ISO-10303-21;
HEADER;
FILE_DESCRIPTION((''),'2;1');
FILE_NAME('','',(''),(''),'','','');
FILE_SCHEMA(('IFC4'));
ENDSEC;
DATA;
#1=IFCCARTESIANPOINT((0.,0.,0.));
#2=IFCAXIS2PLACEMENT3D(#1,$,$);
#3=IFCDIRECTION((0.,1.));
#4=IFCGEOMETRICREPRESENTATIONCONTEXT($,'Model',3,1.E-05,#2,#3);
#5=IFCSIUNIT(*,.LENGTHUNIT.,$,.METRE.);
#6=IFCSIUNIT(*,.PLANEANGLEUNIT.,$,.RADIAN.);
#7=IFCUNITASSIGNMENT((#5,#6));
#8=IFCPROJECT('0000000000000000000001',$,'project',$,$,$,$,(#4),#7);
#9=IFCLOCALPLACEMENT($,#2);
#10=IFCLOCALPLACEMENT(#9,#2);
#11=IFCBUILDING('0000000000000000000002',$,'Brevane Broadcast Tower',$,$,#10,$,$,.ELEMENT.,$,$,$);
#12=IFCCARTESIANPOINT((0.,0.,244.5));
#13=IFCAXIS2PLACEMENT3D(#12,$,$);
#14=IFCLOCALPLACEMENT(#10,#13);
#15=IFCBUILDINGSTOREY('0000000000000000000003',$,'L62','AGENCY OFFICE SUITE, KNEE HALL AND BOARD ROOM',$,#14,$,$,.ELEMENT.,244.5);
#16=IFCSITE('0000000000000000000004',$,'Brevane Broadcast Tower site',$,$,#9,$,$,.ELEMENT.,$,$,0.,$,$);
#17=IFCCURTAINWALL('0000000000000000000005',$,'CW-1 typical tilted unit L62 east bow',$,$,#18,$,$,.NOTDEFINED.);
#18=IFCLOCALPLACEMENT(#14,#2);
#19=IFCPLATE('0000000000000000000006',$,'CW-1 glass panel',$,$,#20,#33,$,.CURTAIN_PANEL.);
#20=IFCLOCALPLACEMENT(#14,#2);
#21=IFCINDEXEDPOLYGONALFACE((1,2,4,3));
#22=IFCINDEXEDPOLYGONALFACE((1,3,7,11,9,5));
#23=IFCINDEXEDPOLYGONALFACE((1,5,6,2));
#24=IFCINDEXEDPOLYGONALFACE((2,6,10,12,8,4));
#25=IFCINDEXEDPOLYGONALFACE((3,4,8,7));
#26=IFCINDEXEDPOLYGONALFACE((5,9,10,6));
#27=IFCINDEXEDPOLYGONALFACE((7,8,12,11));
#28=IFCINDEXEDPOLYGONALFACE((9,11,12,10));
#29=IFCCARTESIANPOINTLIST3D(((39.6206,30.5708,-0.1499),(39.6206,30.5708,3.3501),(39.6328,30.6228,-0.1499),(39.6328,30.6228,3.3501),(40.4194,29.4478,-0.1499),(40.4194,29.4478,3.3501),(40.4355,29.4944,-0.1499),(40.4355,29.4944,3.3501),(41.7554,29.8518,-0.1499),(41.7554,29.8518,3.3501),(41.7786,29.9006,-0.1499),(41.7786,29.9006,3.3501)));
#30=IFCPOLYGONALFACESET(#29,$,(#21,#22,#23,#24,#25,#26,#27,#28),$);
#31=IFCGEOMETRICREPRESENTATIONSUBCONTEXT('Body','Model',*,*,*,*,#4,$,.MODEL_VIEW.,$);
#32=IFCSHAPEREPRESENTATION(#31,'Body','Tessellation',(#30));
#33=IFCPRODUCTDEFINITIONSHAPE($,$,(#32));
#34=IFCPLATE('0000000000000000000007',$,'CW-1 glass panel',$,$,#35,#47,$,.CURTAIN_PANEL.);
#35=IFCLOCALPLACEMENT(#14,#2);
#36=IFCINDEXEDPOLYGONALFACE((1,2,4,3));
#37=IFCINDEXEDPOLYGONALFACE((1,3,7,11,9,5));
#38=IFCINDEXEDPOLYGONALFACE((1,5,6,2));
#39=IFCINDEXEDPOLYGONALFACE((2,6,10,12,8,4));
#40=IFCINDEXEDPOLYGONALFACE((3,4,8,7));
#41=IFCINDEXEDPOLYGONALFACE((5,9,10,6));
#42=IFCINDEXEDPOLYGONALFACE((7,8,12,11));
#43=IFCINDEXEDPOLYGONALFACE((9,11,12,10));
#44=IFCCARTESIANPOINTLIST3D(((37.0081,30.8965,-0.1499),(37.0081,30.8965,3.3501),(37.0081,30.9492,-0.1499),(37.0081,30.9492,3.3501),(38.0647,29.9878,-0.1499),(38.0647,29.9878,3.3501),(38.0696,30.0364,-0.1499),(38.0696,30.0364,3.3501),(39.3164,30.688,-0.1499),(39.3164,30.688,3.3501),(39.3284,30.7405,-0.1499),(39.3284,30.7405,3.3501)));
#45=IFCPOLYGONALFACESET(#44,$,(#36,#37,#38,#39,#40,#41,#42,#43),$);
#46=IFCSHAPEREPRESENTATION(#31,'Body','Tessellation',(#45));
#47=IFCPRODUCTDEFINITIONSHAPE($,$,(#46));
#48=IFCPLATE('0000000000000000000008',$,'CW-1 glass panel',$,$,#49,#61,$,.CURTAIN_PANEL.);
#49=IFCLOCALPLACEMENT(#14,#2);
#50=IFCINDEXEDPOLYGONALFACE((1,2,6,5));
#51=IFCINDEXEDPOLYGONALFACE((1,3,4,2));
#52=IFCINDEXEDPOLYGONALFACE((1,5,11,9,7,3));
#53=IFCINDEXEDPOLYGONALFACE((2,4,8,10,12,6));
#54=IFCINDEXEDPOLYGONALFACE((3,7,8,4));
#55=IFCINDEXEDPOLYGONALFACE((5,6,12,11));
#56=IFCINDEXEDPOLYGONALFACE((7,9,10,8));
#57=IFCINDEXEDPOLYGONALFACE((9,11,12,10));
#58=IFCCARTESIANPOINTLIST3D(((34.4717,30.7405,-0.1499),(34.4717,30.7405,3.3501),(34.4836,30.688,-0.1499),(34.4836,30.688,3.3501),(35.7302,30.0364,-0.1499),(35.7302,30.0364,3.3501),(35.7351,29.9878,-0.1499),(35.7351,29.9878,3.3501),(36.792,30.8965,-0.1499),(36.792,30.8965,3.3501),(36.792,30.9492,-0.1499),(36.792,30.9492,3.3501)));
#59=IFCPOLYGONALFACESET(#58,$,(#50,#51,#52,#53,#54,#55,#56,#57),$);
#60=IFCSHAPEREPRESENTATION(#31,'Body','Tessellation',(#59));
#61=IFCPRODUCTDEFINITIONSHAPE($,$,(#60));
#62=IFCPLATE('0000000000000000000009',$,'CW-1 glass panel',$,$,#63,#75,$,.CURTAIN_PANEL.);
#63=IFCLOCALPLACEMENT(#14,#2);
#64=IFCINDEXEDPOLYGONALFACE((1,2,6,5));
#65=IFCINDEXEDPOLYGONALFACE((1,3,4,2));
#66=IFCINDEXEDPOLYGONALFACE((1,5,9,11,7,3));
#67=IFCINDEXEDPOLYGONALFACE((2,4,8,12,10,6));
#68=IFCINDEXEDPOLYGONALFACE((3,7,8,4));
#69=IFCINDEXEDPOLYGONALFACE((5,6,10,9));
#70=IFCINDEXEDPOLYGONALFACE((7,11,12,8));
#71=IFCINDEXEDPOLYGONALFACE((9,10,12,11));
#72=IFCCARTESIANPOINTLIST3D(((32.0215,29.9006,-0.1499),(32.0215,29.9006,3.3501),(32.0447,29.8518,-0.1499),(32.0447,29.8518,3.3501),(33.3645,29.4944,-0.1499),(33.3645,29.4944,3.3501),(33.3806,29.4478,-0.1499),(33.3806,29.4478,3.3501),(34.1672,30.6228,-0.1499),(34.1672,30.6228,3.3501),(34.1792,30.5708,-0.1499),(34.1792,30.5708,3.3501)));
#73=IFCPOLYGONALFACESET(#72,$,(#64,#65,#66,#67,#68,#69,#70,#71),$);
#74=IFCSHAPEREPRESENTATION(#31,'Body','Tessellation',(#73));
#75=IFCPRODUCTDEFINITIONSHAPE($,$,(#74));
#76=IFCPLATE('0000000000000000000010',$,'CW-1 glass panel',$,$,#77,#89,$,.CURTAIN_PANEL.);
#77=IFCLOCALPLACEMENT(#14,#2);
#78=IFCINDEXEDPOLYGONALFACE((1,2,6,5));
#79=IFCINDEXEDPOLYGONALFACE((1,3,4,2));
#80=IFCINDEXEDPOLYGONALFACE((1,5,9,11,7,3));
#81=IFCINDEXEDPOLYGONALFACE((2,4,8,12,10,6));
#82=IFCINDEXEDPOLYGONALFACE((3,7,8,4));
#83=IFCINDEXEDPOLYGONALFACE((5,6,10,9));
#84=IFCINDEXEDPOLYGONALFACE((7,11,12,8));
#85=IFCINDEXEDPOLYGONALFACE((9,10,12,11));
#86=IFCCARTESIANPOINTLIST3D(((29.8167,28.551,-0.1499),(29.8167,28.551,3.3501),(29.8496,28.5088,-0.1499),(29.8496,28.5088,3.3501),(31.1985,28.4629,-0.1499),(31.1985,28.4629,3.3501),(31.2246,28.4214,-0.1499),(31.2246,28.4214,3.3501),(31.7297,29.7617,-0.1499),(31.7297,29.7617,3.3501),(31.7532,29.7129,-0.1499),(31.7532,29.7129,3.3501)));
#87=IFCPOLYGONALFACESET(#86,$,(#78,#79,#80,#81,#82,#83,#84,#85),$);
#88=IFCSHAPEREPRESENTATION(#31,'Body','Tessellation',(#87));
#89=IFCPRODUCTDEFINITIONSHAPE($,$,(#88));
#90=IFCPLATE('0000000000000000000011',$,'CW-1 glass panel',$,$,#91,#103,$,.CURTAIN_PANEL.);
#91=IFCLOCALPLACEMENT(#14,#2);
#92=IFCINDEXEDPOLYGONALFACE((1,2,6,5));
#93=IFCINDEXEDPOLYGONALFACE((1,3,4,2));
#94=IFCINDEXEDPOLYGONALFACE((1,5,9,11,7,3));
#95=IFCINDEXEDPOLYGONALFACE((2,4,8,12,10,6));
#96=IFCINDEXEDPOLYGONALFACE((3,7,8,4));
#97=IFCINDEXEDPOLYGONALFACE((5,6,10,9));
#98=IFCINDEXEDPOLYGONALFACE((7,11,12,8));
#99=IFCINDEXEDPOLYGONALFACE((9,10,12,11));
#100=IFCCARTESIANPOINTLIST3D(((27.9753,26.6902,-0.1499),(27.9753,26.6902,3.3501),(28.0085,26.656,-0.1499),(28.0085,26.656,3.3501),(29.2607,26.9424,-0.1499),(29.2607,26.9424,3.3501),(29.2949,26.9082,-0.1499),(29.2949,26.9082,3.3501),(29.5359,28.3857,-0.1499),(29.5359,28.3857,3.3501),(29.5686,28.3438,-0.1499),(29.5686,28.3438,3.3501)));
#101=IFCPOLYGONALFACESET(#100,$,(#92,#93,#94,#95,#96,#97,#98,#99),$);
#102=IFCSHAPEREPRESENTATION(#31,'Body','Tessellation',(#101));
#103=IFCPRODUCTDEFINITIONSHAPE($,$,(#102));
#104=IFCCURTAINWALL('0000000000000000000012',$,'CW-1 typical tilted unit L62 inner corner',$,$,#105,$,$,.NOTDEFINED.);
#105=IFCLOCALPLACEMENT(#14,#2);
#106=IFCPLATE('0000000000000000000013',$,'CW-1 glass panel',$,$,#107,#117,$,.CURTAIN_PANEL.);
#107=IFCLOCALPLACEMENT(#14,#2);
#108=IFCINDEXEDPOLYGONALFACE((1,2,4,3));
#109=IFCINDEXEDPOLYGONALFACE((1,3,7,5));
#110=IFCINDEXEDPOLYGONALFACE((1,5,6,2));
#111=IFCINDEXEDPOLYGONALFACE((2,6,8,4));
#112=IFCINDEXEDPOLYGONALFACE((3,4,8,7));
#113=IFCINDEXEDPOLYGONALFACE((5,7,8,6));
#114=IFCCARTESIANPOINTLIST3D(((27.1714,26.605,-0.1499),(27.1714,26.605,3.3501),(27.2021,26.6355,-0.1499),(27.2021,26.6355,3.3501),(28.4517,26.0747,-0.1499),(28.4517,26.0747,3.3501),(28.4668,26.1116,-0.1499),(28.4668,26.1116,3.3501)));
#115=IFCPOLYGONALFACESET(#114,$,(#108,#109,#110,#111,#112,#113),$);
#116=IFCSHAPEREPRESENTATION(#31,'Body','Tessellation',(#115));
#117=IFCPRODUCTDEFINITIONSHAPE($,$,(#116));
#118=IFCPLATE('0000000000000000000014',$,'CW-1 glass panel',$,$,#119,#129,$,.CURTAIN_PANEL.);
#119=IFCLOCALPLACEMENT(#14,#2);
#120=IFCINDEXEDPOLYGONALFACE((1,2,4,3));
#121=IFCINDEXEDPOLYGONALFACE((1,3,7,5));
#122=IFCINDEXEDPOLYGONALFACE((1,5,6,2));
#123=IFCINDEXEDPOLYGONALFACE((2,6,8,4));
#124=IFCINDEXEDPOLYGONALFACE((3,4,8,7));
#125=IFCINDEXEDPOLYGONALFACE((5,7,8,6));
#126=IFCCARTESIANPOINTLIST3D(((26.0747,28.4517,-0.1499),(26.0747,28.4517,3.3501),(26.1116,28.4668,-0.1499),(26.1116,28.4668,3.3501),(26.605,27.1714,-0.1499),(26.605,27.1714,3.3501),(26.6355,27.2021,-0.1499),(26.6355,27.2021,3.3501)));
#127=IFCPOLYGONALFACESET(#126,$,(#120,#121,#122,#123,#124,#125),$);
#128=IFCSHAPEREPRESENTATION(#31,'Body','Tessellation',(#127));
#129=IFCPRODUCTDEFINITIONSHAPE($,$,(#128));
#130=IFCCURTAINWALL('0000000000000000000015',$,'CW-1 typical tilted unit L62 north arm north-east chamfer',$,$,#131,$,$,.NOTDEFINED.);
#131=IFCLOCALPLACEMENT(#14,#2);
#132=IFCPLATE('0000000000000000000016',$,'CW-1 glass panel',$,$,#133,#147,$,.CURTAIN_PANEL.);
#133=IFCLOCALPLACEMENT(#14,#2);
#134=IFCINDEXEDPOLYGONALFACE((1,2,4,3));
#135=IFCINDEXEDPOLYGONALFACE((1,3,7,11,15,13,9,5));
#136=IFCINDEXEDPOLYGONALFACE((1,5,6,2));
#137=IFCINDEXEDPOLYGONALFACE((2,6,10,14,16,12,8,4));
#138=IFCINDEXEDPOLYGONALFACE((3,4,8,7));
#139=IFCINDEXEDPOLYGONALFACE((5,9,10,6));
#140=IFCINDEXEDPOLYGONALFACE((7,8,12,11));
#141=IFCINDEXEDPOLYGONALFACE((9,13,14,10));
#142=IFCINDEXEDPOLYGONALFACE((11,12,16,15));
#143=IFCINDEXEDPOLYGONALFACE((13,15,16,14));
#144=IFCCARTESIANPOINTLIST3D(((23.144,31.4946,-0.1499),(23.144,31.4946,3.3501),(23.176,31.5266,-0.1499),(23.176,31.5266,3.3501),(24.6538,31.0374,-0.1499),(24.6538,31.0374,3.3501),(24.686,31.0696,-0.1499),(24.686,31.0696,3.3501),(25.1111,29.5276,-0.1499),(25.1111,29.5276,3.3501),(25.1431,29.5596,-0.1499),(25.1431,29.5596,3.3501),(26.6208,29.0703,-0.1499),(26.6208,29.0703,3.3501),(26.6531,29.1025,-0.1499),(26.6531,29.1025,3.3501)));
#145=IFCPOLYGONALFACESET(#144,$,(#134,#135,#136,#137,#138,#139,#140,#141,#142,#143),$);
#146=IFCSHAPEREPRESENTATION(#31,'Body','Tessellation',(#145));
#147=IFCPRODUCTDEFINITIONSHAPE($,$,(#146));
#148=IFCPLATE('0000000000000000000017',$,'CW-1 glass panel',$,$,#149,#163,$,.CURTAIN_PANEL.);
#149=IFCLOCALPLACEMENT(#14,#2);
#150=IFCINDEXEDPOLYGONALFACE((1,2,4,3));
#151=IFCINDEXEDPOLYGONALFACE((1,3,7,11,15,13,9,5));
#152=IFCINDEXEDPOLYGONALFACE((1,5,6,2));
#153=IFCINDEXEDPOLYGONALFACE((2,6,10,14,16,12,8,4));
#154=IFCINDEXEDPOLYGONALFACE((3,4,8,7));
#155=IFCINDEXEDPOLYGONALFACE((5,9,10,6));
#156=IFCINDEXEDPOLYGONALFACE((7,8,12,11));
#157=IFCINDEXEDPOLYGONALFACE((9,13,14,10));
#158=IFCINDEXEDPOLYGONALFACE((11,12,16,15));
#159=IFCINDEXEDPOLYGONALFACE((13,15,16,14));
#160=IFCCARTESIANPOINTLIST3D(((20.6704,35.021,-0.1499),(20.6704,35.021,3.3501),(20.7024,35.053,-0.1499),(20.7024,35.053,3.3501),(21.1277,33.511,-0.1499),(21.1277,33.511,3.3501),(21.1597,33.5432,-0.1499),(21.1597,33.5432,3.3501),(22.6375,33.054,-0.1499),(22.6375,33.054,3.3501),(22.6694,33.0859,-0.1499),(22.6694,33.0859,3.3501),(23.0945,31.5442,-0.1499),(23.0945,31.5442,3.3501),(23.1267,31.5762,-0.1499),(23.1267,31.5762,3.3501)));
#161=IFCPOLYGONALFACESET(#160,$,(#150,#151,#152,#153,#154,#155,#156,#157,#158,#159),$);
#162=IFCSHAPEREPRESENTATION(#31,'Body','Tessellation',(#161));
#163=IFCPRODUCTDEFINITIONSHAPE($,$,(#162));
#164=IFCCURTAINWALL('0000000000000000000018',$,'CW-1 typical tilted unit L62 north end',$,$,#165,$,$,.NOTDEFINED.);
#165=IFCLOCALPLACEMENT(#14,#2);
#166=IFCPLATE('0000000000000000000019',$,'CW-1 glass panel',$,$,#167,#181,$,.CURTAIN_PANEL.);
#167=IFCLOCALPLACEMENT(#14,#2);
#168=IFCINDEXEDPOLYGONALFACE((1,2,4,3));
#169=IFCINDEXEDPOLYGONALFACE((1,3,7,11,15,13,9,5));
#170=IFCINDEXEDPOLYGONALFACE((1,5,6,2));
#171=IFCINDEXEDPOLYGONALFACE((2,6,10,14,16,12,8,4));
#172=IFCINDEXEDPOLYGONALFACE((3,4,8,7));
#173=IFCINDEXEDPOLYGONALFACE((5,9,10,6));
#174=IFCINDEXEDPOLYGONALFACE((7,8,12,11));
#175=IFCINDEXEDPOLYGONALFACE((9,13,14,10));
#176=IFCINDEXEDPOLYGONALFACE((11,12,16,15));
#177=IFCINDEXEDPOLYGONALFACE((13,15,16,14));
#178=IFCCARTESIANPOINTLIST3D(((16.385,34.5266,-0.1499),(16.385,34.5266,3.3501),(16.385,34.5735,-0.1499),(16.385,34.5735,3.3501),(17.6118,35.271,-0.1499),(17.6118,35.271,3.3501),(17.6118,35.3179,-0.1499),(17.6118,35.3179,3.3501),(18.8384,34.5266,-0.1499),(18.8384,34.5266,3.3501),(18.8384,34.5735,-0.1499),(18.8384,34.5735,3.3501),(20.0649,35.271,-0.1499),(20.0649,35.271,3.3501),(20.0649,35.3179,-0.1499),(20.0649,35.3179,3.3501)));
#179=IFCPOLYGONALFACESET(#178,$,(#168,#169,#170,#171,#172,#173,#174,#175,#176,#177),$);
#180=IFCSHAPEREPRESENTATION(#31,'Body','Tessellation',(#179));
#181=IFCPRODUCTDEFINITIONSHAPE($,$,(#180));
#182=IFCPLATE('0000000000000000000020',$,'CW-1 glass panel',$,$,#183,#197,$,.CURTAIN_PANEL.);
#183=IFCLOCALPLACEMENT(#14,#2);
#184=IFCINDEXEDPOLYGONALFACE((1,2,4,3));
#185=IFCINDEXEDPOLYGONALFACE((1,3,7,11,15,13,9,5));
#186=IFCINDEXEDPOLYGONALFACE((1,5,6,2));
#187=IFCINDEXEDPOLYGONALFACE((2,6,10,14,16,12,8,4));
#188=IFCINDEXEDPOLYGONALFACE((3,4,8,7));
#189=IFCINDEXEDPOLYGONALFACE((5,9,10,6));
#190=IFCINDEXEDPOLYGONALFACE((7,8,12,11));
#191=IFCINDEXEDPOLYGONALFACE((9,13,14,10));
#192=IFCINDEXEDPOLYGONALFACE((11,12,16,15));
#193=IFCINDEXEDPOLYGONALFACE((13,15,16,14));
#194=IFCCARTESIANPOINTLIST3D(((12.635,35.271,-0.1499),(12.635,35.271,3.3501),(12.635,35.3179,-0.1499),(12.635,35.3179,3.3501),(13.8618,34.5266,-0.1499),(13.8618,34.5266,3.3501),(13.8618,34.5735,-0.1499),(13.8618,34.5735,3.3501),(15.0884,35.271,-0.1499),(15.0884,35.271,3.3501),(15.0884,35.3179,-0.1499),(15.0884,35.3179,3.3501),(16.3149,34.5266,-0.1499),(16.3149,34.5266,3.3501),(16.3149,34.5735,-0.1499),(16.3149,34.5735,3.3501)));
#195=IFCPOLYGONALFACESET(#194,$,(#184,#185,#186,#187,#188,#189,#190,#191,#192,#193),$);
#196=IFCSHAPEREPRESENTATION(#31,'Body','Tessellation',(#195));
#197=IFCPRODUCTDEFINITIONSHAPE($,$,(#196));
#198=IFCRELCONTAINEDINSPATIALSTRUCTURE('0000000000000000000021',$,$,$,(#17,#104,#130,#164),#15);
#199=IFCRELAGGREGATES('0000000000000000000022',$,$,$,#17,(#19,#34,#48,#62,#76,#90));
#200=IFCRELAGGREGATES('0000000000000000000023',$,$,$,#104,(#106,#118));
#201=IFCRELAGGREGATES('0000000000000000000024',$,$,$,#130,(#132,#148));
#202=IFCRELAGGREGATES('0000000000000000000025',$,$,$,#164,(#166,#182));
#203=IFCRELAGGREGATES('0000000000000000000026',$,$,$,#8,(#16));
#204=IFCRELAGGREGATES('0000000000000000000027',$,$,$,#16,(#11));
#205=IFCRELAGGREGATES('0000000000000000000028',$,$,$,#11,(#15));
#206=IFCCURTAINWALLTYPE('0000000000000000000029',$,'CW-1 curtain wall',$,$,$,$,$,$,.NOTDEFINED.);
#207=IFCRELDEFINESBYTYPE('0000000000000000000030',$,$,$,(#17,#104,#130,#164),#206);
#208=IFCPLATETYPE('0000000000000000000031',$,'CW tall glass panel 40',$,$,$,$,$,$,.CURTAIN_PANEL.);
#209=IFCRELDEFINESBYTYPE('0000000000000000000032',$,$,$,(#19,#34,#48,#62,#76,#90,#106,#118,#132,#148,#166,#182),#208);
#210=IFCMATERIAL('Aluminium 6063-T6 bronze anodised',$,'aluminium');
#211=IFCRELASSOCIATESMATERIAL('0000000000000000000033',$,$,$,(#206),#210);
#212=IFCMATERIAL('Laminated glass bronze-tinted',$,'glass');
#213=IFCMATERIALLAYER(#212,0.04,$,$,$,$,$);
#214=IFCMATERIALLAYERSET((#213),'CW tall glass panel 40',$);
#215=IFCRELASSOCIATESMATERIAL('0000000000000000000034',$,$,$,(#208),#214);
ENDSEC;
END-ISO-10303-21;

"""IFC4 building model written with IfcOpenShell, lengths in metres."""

from ifc_helpers import new_model, si_unit, direction, frame, origin, place, context, subcontext, project, spatial, polyline, outline, extrude, material, layer, layer_set, type_object, element, aggregate, save


model = new_model("IFC4")

# Units and contexts
model_context = context("Model", 3, precision=1e-05, world=origin(), true_north=direction((0.0, 1.0)))
body_context = subcontext(model_context, "Body", "Model", "MODEL_VIEW")
ifc_project = project(units=[si_unit("LENGTHUNIT", "METRE"), si_unit("PLANEANGLEUNIT", "RADIAN")], contexts=[model_context])

# Site, building, storey
site_placement = place(None, origin())
site = spatial("IfcSite", under=ifc_project, at=site_placement, Name="Brevane Broadcast Tower site", CompositionType="ELEMENT", RefElevation=0.0)
building_placement = place(site_placement, origin())
building = spatial("IfcBuilding", under=site, at=building_placement, Name="Brevane Broadcast Tower", CompositionType="ELEMENT")
storey_placement = place(building_placement, frame((0.0, 0.0, 244.5)))
storey = spatial("IfcBuildingStorey", under=building, at=storey_placement, Name="L62", Description="AGENCY OFFICE SUITE, KNEE HALL AND BOARD ROOM", CompositionType="ELEMENT", Elevation=244.5)

# Curtain walls, plates
ifc_material_1 = material(Name="Aluminium 6063-T6 bronze anodised", Category="aluminium")
curtain_wall_type = type_object("IfcCurtainWallType", Name="CW-1 curtain wall", PredefinedType="NOTDEFINED", material=ifc_material_1)
ifc_material_2 = material(Name="Laminated glass bronze-tinted", Category="glass")
ifc_layer = layer(ifc_material_2, 0.04)
ifc_layer_set = layer_set([ifc_layer], Name="CW tall glass panel 40")
plate_type = type_object("IfcPlateType", Name="CW tall glass panel 40", PredefinedType="CURTAIN_PANEL", material=ifc_layer_set)
curtain_wall_1_placement = place(storey_placement, origin())
curtain_wall_1 = element("IfcCurtainWall", 1, at=curtain_wall_1_placement, inside=storey, type_object=curtain_wall_type, Name="CW-1 typical tilted unit L62 east bow", PredefinedType="NOTDEFINED")
plate_1_placement = place(storey_placement, frame((0.0, 0.0, -0.1499)))
plate_1 = element("IfcPlate", 2, at=plate_1_placement, type_object=plate_type, Name="CW-1 glass panel", PredefinedType="CURTAIN_PANEL", context=body_context, shape_type="SweptSolid", body=[
    extrude(outline(polyline([(41.7554, 29.8518), (41.7786, 29.9006), (40.4355, 29.4944), (39.6328, 30.6228), (39.6206, 30.5708), (40.4194, 29.4478), (41.7554, 29.8518)])), origin(), (0.0, 0.0, 1.0), 3.5),
])
plate_2_placement = place(storey_placement, frame((0.0, 0.0, -0.1499)))
plate_2 = element("IfcPlate", 3, at=plate_2_placement, type_object=plate_type, Name="CW-1 glass panel", PredefinedType="CURTAIN_PANEL", context=body_context, shape_type="SweptSolid", body=[
    extrude(outline(polyline([(39.3164, 30.688), (39.3284, 30.7405), (38.0696, 30.0364), (37.0081, 30.9492), (37.0081, 30.8965), (38.0647, 29.9878), (39.3164, 30.688)])), origin(), (0.0, 0.0, 1.0), 3.5),
])
plate_3_placement = place(storey_placement, frame((0.0, 0.0, -0.1499)))
plate_3 = element("IfcPlate", 4, at=plate_3_placement, type_object=plate_type, Name="CW-1 glass panel", PredefinedType="CURTAIN_PANEL", context=body_context, shape_type="SweptSolid", body=[
    extrude(outline(polyline([(36.792, 30.8965), (36.792, 30.9492), (35.7302, 30.0364), (34.4717, 30.7405), (34.4836, 30.688), (35.7351, 29.9878), (36.792, 30.8965)])), origin(), (0.0, 0.0, 1.0), 3.5),
])
plate_4_placement = place(storey_placement, frame((0.0, 0.0, -0.1499)))
plate_4 = element("IfcPlate", 5, at=plate_4_placement, type_object=plate_type, Name="CW-1 glass panel", PredefinedType="CURTAIN_PANEL", context=body_context, shape_type="SweptSolid", body=[
    extrude(outline(polyline([(34.1792, 30.5708), (34.1672, 30.6228), (33.3645, 29.4944), (32.0215, 29.9006), (32.0447, 29.8518), (33.3806, 29.4478), (34.1792, 30.5708)])), origin(), (0.0, 0.0, 1.0), 3.5),
])
plate_5_placement = place(storey_placement, frame((0.0, 0.0, -0.1499)))
plate_5 = element("IfcPlate", 6, at=plate_5_placement, type_object=plate_type, Name="CW-1 glass panel", PredefinedType="CURTAIN_PANEL", context=body_context, shape_type="SweptSolid", body=[
    extrude(outline(polyline([(31.7532, 29.7129), (31.7297, 29.7617), (31.1985, 28.4629), (29.8167, 28.551), (29.8496, 28.5088), (31.2246, 28.4214), (31.7532, 29.7129)])), origin(), (0.0, 0.0, 1.0), 3.5),
])
plate_6_placement = place(storey_placement, frame((0.0, 0.0, -0.1499)))
plate_6 = element("IfcPlate", 7, at=plate_6_placement, type_object=plate_type, Name="CW-1 glass panel", PredefinedType="CURTAIN_PANEL", context=body_context, shape_type="SweptSolid", body=[
    extrude(outline(polyline([(29.5686, 28.3438), (29.5359, 28.3857), (29.2607, 26.9424), (27.9753, 26.6902), (28.0085, 26.656), (29.2949, 26.9082), (29.5686, 28.3438)])), origin(), (0.0, 0.0, 1.0), 3.5),
])
aggregate(curtain_wall_1, [plate_1, plate_2, plate_3, plate_4, plate_5, plate_6])
curtain_wall_2_placement = place(storey_placement, origin())
curtain_wall_2 = element("IfcCurtainWall", 8, at=curtain_wall_2_placement, inside=storey, type_object=curtain_wall_type, Name="CW-1 typical tilted unit L62 inner corner", PredefinedType="NOTDEFINED")
plate_7_placement = place(storey_placement, frame((0.0, 0.0, -0.1499)))
plate_7 = element("IfcPlate", 9, at=plate_7_placement, type_object=plate_type, Name="CW-1 glass panel", PredefinedType="CURTAIN_PANEL", context=body_context, shape_type="SweptSolid", body=[
    extrude(outline(polyline([(28.4517, 26.0747), (28.4668, 26.1116), (27.2021, 26.6355), (27.1714, 26.605), (28.4517, 26.0747)])), origin(), (0.0, 0.0, 1.0), 3.5),
])
plate_8_placement = place(storey_placement, frame((0.0, 0.0, -0.1499)))
plate_8 = element("IfcPlate", 10, at=plate_8_placement, type_object=plate_type, Name="CW-1 glass panel", PredefinedType="CURTAIN_PANEL", context=body_context, shape_type="SweptSolid", body=[
    extrude(outline(polyline([(26.605, 27.1714), (26.6355, 27.2021), (26.1116, 28.4668), (26.0747, 28.4517), (26.605, 27.1714)])), origin(), (0.0, 0.0, 1.0), 3.5),
])
aggregate(curtain_wall_2, [plate_7, plate_8])
curtain_wall_3_placement = place(storey_placement, origin())
curtain_wall_3 = element("IfcCurtainWall", 11, at=curtain_wall_3_placement, inside=storey, type_object=curtain_wall_type, Name="CW-1 typical tilted unit L62 north arm north-east chamfer", PredefinedType="NOTDEFINED")
plate_9_placement = place(storey_placement, frame((0.0, 0.0, -0.1499)))
plate_9 = element("IfcPlate", 12, at=plate_9_placement, type_object=plate_type, Name="CW-1 glass panel", PredefinedType="CURTAIN_PANEL", context=body_context, shape_type="SweptSolid", body=[
    extrude(outline(polyline([(26.6208, 29.0703), (26.6531, 29.1025), (25.1431, 29.5596), (24.686, 31.0696), (23.176, 31.5266), (23.144, 31.4946), (24.6538, 31.0374), (25.1111, 29.5276), (26.6208, 29.0703)])), origin(), (0.0, 0.0, 1.0), 3.5),
])
plate_10_placement = place(storey_placement, frame((0.0, 0.0, -0.1499)))
plate_10 = element("IfcPlate", 13, at=plate_10_placement, type_object=plate_type, Name="CW-1 glass panel", PredefinedType="CURTAIN_PANEL", context=body_context, shape_type="SweptSolid", body=[
    extrude(outline(polyline([(23.0945, 31.5442), (23.1267, 31.5762), (22.6694, 33.0859), (21.1597, 33.5432), (20.7024, 35.053), (20.6704, 35.021), (21.1277, 33.511), (22.6375, 33.054), (23.0945, 31.5442)])), origin(), (0.0, 0.0, 1.0), 3.5),
])
aggregate(curtain_wall_3, [plate_9, plate_10])
curtain_wall_4_placement = place(storey_placement, origin())
curtain_wall_4 = element("IfcCurtainWall", 14, at=curtain_wall_4_placement, inside=storey, type_object=curtain_wall_type, Name="CW-1 typical tilted unit L62 north end", PredefinedType="NOTDEFINED")
plate_11_placement = place(storey_placement, frame((0.0, 0.0, -0.1499)))
plate_11 = element("IfcPlate", 15, at=plate_11_placement, type_object=plate_type, Name="CW-1 glass panel", PredefinedType="CURTAIN_PANEL", context=body_context, shape_type="SweptSolid", body=[
    extrude(outline(polyline([(20.0649, 35.271), (20.0649, 35.3179), (18.8384, 34.5735), (17.6118, 35.3179), (16.385, 34.5735), (16.385, 34.5266), (17.6118, 35.271), (18.8384, 34.5266), (20.0649, 35.271)])), origin(), (0.0, 0.0, 1.0), 3.5),
])
plate_12_placement = place(storey_placement, frame((0.0, 0.0, -0.1499)))
plate_12 = element("IfcPlate", 16, at=plate_12_placement, type_object=plate_type, Name="CW-1 glass panel", PredefinedType="CURTAIN_PANEL", context=body_context, shape_type="SweptSolid", body=[
    extrude(outline(polyline([(16.3149, 34.5266), (16.3149, 34.5735), (15.0884, 35.3179), (13.8618, 34.5735), (12.635, 35.3179), (12.635, 35.271), (13.8618, 34.5266), (15.0884, 35.271), (16.3149, 34.5266)])), origin(), (0.0, 0.0, 1.0), 3.5),
])
aggregate(curtain_wall_4, [plate_11, plate_12])

save(model, "model.ifc")
